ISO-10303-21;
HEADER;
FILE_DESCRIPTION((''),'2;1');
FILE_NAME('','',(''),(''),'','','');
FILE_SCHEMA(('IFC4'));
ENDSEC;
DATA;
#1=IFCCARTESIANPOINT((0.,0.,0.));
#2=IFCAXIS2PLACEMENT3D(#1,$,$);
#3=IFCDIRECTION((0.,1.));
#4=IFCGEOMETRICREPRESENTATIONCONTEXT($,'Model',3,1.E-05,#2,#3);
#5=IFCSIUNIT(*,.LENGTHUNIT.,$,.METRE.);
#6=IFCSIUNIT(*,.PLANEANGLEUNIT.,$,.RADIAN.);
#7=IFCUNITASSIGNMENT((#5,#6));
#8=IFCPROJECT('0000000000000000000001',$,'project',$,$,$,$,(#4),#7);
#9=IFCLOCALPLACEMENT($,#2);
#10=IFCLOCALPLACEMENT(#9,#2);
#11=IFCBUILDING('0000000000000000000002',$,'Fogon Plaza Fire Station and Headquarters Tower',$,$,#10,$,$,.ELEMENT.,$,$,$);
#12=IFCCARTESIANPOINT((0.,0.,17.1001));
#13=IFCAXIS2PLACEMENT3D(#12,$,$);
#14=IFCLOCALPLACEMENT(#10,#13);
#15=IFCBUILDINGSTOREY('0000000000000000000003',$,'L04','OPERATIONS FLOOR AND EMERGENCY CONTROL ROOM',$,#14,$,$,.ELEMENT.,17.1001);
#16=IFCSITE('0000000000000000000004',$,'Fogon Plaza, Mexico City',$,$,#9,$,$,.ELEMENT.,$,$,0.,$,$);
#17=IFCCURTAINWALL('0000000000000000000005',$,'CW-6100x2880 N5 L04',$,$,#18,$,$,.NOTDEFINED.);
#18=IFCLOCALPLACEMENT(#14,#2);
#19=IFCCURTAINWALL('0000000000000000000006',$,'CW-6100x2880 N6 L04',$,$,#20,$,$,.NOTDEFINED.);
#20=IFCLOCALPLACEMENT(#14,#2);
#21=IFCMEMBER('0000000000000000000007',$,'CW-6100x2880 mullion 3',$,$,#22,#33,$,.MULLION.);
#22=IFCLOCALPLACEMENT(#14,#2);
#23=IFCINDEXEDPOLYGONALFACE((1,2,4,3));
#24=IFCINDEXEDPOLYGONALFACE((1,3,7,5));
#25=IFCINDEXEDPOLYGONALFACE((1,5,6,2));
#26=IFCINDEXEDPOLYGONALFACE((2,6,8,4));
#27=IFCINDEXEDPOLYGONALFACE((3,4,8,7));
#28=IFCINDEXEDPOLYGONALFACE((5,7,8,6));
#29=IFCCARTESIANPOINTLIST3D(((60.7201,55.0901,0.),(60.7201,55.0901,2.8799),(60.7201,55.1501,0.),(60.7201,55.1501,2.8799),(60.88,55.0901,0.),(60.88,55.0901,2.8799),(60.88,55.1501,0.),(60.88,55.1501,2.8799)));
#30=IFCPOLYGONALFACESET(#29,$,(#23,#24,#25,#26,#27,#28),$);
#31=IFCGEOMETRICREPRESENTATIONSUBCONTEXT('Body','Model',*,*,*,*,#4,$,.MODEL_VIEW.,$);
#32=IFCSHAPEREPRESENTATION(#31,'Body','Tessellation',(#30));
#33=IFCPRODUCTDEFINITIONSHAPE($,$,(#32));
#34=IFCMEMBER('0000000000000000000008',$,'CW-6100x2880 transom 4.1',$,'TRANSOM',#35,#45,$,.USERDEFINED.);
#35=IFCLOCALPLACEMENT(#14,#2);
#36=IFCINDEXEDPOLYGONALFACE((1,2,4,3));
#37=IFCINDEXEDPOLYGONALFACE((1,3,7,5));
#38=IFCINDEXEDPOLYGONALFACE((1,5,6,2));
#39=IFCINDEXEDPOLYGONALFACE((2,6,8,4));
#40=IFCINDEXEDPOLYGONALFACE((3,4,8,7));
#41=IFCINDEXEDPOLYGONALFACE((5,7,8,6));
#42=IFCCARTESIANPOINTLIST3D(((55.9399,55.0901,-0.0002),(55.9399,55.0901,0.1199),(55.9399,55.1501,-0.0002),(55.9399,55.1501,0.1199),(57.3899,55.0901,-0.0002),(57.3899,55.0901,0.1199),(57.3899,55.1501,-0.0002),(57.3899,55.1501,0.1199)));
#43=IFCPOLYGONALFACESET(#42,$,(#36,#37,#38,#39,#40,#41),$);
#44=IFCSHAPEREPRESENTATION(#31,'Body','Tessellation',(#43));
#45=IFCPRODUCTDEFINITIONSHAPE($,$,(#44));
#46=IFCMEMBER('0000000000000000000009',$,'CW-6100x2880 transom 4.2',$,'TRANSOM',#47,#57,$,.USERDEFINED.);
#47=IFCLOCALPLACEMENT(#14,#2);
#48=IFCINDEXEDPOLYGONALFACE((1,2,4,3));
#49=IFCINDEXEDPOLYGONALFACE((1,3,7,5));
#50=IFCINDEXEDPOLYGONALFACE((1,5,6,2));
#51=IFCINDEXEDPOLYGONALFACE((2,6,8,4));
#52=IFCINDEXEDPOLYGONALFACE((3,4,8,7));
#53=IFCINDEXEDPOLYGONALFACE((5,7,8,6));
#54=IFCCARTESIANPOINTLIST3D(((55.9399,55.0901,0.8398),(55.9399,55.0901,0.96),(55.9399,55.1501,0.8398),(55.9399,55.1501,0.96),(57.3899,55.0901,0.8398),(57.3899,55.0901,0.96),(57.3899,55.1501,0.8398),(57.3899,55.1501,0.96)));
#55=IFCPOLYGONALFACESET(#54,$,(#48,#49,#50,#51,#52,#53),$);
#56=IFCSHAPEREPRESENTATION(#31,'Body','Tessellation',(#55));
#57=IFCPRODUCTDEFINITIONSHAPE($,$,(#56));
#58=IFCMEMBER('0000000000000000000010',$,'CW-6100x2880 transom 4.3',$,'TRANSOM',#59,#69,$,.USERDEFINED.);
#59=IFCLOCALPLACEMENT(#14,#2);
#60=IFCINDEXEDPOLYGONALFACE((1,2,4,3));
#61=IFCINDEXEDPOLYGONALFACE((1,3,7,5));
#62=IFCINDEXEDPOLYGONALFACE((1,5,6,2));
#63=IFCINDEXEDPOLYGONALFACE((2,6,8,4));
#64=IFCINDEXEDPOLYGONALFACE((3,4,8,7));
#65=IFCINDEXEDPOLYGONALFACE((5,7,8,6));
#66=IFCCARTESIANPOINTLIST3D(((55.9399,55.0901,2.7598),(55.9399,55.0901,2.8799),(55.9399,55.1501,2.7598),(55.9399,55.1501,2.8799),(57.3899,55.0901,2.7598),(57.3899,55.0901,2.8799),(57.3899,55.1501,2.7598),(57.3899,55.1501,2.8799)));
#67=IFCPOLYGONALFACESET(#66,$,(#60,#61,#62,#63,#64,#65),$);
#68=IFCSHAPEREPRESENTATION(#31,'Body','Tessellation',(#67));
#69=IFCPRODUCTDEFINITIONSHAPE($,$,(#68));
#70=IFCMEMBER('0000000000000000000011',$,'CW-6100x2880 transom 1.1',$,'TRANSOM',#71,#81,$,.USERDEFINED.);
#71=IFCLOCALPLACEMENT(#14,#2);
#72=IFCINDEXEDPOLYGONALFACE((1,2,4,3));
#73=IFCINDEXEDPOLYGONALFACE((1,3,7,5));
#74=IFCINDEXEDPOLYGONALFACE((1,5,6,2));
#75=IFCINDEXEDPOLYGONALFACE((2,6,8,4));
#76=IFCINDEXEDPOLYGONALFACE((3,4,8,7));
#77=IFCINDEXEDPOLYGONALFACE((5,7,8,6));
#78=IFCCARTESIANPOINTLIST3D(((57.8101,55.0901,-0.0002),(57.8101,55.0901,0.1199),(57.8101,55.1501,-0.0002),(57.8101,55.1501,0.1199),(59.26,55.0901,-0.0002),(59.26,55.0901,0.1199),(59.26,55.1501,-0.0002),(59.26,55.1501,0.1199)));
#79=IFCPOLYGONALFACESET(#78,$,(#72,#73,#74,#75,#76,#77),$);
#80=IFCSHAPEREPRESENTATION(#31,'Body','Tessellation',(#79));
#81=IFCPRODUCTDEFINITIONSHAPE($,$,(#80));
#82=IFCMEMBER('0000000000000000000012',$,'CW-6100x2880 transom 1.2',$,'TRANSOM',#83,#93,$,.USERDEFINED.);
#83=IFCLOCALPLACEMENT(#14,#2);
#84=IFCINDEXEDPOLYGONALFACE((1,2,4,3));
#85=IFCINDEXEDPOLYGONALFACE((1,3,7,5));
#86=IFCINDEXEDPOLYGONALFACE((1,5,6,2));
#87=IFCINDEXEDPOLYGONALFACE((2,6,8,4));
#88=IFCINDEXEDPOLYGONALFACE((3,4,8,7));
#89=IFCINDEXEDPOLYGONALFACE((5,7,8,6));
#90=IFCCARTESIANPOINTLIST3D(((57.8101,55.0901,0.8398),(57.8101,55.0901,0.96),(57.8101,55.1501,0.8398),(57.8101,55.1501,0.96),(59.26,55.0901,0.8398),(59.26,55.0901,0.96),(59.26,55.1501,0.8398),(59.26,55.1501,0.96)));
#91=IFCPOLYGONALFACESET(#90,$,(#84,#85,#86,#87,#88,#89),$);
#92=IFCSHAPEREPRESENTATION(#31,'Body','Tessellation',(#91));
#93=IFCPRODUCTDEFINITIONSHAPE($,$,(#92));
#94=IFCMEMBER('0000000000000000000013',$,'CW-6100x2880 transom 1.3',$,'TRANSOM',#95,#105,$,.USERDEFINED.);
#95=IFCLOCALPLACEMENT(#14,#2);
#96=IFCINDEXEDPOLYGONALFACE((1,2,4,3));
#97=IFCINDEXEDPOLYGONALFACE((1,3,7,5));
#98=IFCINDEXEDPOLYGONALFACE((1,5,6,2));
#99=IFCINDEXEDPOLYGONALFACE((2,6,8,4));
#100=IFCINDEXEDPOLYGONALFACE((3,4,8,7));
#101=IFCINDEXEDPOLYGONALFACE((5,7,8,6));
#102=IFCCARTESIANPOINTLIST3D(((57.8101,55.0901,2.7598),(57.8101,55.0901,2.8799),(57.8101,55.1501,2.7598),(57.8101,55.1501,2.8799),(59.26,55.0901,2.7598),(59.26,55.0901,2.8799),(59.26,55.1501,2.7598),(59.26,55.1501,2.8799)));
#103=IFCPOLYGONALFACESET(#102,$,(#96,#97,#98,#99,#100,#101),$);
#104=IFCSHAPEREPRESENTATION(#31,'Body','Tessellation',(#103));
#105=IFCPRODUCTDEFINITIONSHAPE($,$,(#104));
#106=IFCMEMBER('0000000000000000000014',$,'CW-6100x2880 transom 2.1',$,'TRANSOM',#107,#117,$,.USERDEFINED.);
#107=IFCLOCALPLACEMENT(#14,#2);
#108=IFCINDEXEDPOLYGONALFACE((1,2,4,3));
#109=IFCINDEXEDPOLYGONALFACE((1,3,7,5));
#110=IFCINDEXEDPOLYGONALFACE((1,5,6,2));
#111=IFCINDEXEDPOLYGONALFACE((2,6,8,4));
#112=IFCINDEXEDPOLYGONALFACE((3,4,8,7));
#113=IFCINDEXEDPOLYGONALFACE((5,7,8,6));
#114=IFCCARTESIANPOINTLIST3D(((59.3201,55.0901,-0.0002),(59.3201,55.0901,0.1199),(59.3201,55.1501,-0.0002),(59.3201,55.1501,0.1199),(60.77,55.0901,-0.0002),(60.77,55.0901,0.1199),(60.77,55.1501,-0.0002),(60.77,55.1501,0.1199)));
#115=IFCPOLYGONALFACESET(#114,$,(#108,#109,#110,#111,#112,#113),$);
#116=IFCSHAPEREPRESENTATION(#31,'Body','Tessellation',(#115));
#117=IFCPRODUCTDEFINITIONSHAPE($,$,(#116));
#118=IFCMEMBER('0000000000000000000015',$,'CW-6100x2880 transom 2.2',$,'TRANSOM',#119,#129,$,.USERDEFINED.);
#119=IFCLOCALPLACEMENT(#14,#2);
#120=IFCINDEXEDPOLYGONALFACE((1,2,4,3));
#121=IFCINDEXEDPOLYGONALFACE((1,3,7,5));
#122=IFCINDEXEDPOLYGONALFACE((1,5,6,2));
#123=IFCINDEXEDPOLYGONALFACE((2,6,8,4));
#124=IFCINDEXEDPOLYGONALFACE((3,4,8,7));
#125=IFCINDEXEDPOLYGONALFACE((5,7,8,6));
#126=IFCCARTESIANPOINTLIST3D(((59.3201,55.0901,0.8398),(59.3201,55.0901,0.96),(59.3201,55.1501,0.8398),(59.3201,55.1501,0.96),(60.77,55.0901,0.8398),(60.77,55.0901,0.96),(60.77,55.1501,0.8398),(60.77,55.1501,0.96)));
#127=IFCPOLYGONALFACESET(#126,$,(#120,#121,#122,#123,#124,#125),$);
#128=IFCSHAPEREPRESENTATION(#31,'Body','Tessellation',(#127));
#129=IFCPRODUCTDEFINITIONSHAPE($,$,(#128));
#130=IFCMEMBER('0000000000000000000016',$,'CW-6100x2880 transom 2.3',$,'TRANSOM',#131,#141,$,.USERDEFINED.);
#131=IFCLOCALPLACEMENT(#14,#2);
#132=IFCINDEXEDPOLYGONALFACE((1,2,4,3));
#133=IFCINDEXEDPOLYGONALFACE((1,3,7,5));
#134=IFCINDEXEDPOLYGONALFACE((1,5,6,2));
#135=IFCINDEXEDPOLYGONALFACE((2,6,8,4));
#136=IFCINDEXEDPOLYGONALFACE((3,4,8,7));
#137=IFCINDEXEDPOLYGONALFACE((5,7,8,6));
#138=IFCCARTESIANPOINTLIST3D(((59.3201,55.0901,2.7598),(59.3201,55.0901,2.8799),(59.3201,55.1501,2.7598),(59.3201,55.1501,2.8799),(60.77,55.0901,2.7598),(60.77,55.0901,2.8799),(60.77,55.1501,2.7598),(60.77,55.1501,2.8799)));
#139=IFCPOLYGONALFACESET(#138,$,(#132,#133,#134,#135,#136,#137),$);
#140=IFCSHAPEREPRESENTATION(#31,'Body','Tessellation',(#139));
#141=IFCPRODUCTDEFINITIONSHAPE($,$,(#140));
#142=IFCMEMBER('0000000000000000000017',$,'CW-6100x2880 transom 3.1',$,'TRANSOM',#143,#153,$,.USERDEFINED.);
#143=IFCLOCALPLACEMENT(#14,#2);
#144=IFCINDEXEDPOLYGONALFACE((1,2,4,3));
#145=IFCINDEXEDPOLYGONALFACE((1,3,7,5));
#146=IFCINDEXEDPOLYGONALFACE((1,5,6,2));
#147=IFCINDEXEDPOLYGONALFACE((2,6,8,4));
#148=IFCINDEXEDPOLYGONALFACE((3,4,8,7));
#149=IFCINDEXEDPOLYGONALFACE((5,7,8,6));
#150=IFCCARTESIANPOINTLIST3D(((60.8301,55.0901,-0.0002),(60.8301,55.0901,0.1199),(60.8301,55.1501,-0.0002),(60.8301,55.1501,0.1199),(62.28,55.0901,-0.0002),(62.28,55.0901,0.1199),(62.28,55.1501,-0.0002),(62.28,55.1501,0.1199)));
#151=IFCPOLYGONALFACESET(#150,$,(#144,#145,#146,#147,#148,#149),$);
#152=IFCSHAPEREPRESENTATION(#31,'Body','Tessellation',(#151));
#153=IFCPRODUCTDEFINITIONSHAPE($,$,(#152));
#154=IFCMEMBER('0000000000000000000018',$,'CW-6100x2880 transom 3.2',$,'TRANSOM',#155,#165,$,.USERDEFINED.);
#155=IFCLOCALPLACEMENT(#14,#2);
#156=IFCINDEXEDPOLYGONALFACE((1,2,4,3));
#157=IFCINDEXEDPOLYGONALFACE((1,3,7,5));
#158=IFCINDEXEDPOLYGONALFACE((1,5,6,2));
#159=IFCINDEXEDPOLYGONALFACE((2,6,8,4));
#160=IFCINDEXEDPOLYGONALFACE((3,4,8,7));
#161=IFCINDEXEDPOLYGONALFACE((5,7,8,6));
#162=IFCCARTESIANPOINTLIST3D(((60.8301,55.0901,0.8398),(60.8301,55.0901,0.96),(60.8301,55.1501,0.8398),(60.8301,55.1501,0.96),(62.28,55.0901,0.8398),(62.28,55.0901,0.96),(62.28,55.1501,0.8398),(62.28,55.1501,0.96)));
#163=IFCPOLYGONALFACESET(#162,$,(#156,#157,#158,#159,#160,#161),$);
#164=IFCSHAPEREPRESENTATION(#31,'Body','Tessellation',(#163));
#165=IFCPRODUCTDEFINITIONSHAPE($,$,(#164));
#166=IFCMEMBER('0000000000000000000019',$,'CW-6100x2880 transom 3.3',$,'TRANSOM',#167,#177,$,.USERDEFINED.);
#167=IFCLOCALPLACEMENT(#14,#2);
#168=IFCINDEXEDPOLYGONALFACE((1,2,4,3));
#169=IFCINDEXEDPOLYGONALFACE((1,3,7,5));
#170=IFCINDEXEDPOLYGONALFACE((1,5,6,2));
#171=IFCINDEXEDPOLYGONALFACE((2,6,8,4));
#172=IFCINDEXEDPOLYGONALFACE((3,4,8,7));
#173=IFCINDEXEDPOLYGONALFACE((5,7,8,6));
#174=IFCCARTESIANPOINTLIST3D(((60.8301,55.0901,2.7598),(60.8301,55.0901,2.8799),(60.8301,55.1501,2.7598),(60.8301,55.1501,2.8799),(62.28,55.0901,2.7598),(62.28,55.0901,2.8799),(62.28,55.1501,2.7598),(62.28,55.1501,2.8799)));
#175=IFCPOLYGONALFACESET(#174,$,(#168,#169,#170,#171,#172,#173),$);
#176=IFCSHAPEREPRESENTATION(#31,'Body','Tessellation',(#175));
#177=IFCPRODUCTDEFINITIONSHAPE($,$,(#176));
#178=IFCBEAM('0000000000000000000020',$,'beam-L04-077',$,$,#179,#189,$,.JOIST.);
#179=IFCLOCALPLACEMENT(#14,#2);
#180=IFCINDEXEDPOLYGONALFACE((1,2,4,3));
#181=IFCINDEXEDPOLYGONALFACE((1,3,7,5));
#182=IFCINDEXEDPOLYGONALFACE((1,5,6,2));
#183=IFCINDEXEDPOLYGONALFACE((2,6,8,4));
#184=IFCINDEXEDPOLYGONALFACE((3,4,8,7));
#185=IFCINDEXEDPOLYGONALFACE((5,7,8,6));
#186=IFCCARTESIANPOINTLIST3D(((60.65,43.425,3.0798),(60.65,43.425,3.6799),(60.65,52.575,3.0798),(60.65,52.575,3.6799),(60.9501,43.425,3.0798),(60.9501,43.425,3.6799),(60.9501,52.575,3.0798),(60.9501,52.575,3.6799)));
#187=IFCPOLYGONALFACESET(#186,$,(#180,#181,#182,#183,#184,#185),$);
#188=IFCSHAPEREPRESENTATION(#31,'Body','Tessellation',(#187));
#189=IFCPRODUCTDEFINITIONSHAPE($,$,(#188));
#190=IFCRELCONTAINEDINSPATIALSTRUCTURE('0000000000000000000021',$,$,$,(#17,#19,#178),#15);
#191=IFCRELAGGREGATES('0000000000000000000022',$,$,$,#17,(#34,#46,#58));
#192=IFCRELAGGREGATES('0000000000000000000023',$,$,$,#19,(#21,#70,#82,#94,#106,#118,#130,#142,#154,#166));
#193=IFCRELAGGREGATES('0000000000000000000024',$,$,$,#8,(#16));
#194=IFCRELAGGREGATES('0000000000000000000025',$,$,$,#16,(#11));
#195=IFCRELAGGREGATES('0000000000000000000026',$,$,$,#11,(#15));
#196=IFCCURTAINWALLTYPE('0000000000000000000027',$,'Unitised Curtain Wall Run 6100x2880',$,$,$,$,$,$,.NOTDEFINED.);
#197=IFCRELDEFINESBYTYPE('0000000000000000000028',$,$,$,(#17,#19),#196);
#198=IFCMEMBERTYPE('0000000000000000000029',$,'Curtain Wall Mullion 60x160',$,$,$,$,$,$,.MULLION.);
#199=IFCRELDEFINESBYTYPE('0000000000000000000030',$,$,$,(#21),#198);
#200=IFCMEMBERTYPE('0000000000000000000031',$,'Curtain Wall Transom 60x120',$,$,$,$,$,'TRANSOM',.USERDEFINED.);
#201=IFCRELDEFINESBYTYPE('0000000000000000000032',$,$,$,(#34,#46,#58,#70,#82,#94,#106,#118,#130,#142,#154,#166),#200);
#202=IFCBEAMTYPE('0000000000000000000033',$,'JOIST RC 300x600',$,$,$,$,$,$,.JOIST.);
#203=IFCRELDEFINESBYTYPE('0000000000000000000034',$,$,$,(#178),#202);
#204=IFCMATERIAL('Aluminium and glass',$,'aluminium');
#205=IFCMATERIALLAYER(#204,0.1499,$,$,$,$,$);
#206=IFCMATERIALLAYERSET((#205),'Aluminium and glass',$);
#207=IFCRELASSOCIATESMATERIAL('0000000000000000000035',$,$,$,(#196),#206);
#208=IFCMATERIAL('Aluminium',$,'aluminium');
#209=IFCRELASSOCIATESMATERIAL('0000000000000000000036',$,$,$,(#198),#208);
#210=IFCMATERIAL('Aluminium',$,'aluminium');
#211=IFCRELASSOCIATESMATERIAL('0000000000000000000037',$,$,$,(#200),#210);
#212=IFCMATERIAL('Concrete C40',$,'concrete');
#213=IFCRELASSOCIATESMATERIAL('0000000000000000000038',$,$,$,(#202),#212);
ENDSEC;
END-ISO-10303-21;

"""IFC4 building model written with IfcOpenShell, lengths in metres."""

from ifc_helpers import new_model, si_unit, direction, frame, origin, origin_2d, place, context, subcontext, project, spatial, rectangle, extrude, material, layer, layer_set, material_profile, profile_set, type_object, element, aggregate, save


model = new_model("IFC4")

# Units and contexts
model_context = context("Model", 3, precision=1e-05, world=origin(), true_north=direction((0.0, 1.0)))
body_context = subcontext(model_context, "Body", "Model", "MODEL_VIEW")
ifc_project = project(units=[si_unit("LENGTHUNIT", "METRE"), si_unit("PLANEANGLEUNIT", "RADIAN")], contexts=[model_context])

# Site, building, storey
site_placement = place(None, origin())
site = spatial("IfcSite", under=ifc_project, at=site_placement, Name="Fogon Plaza, Mexico City", CompositionType="ELEMENT", RefElevation=0.0)
building_placement = place(site_placement, origin())
building = spatial("IfcBuilding", under=site, at=building_placement, Name="Fogon Plaza Fire Station and Headquarters Tower", CompositionType="ELEMENT")
storey_placement = place(building_placement, frame((0.0, 0.0, 17.1001)))
storey = spatial("IfcBuildingStorey", under=building, at=storey_placement, Name="L04", Description="OPERATIONS FLOOR AND EMERGENCY CONTROL ROOM", CompositionType="ELEMENT", Elevation=17.1001)

# Curtain walls, member
ifc_material_1 = material(Name="Aluminium and glass", Category="aluminium")
ifc_layer_1 = layer(ifc_material_1, 0.1499)
ifc_layer_set_1 = layer_set([ifc_layer_1], Name="Aluminium and glass")
curtain_wall_type = type_object("IfcCurtainWallType", Name="Unitised Curtain Wall Run 6100x2880", PredefinedType="NOTDEFINED", material=ifc_layer_set_1)
curtain_wall_1_placement = place(storey_placement, origin())
curtain_wall_1 = element("IfcCurtainWall", 1, at=curtain_wall_1_placement, inside=storey, type_object=curtain_wall_type, Name="CW-6100x2880 N5 L04", PredefinedType="NOTDEFINED")
ifc_material_2 = material(Name="Aluminium", Category="aluminium")
ifc_material_profile_1 = material_profile(ifc_material_2, rectangle(XDim=0.0601, YDim=0.1599, at=origin_2d()), Name="Curtain Wall Mullion 60x160")
ifc_profile_set_1 = profile_set([ifc_material_profile_1], Name="Aluminium")
member_type_1 = type_object("IfcMemberType", Name="Curtain Wall Mullion 60x160", PredefinedType="MULLION", material=ifc_profile_set_1)
curtain_wall_2_placement = place(storey_placement, origin())
curtain_wall_2 = element("IfcCurtainWall", 2, at=curtain_wall_2_placement, inside=storey, type_object=curtain_wall_type, Name="CW-6100x2880 N6 L04", PredefinedType="NOTDEFINED")
member_1_placement = place(storey_placement, frame((60.8, 55.1201, 0.0), z_axis=(0.0, 0.0, 1.0), x_axis=(0.0, 1.0, 0.0)))
member_1 = element("IfcMember", 3, at=member_1_placement, type_object=member_type_1, Name="CW-6100x2880 mullion 3", PredefinedType="MULLION", context=body_context, shape_type="SweptSolid", body=[
    extrude(rectangle(XDim=0.0601, YDim=0.1599, at=origin_2d()), origin(), (0.0, 0.0, 1.0), 2.8799),
])

# Members
ifc_material_3 = material(Name="Aluminium", Category="aluminium")
ifc_material_profile_2 = material_profile(ifc_material_3, rectangle(XDim=0.0601, YDim=0.1201, at=origin_2d()), Name="Curtain Wall Transom 60x120")
ifc_profile_set_2 = profile_set([ifc_material_profile_2], Name="Aluminium")
member_type_2 = type_object("IfcMemberType", Name="Curtain Wall Transom 60x120", ElementType="TRANSOM", PredefinedType="USERDEFINED", material=ifc_profile_set_2)
member_2_placement = place(storey_placement, frame((55.9399, 55.1201, 0.0598), z_axis=(1.0, 0.0, 0.0), x_axis=(0.0, 1.0, 0.0)))
member_2 = element("IfcMember", 4, at=member_2_placement, type_object=member_type_2, Name="CW-6100x2880 transom 4.1", ObjectType="TRANSOM", PredefinedType="USERDEFINED", context=body_context, shape_type="SweptSolid", body=[
    extrude(rectangle(XDim=0.0601, YDim=0.1201, at=origin_2d()), origin(), (0.0, 0.0, 1.0), 1.45),
])
member_3_placement = place(storey_placement, frame((55.9399, 55.1201, 0.8999), z_axis=(1.0, 0.0, 0.0), x_axis=(0.0, 1.0, 0.0)))
member_3 = element("IfcMember", 5, at=member_3_placement, type_object=member_type_2, Name="CW-6100x2880 transom 4.2", ObjectType="TRANSOM", PredefinedType="USERDEFINED", context=body_context, shape_type="SweptSolid", body=[
    extrude(rectangle(XDim=0.0601, YDim=0.1201, at=origin_2d()), origin(), (0.0, 0.0, 1.0), 1.45),
])
member_4_placement = place(storey_placement, frame((55.9399, 55.1201, 2.8198), z_axis=(1.0, 0.0, 0.0), x_axis=(0.0, 1.0, 0.0)))
member_4 = element("IfcMember", 6, at=member_4_placement, type_object=member_type_2, Name="CW-6100x2880 transom 4.3", ObjectType="TRANSOM", PredefinedType="USERDEFINED", context=body_context, shape_type="SweptSolid", body=[
    extrude(rectangle(XDim=0.0601, YDim=0.1201, at=origin_2d()), origin(), (0.0, 0.0, 1.0), 1.45),
])
member_5_placement = place(storey_placement, frame((57.8101, 55.1201, 0.0598), z_axis=(1.0, 0.0, 0.0), x_axis=(0.0, 1.0, 0.0)))
member_5 = element("IfcMember", 7, at=member_5_placement, type_object=member_type_2, Name="CW-6100x2880 transom 1.1", ObjectType="TRANSOM", PredefinedType="USERDEFINED", context=body_context, shape_type="SweptSolid", body=[
    extrude(rectangle(XDim=0.0601, YDim=0.1201, at=origin_2d()), origin(), (0.0, 0.0, 1.0), 1.45),
])
member_6_placement = place(storey_placement, frame((57.8101, 55.1201, 0.8999), z_axis=(1.0, 0.0, 0.0), x_axis=(0.0, 1.0, 0.0)))
member_6 = element("IfcMember", 8, at=member_6_placement, type_object=member_type_2, Name="CW-6100x2880 transom 1.2", ObjectType="TRANSOM", PredefinedType="USERDEFINED", context=body_context, shape_type="SweptSolid", body=[
    extrude(rectangle(XDim=0.0601, YDim=0.1201, at=origin_2d()), origin(), (0.0, 0.0, 1.0), 1.45),
])
member_7_placement = place(storey_placement, frame((57.8101, 55.1201, 2.8198), z_axis=(1.0, 0.0, 0.0), x_axis=(0.0, 1.0, 0.0)))
member_7 = element("IfcMember", 9, at=member_7_placement, type_object=member_type_2, Name="CW-6100x2880 transom 1.3", ObjectType="TRANSOM", PredefinedType="USERDEFINED", context=body_context, shape_type="SweptSolid", body=[
    extrude(rectangle(XDim=0.0601, YDim=0.1201, at=origin_2d()), origin(), (0.0, 0.0, 1.0), 1.45),
])
member_8_placement = place(storey_placement, frame((59.3201, 55.1201, 0.0598), z_axis=(1.0, 0.0, 0.0), x_axis=(0.0, 1.0, 0.0)))
member_8 = element("IfcMember", 10, at=member_8_placement, type_object=member_type_2, Name="CW-6100x2880 transom 2.1", ObjectType="TRANSOM", PredefinedType="USERDEFINED", context=body_context, shape_type="SweptSolid", body=[
    extrude(rectangle(XDim=0.0601, YDim=0.1201, at=origin_2d()), origin(), (0.0, 0.0, 1.0), 1.45),
])
member_9_placement = place(storey_placement, frame((59.3201, 55.1201, 0.8999), z_axis=(1.0, 0.0, 0.0), x_axis=(0.0, 1.0, 0.0)))
member_9 = element("IfcMember", 11, at=member_9_placement, type_object=member_type_2, Name="CW-6100x2880 transom 2.2", ObjectType="TRANSOM", PredefinedType="USERDEFINED", context=body_context, shape_type="SweptSolid", body=[
    extrude(rectangle(XDim=0.0601, YDim=0.1201, at=origin_2d()), origin(), (0.0, 0.0, 1.0), 1.45),
])
member_10_placement = place(storey_placement, frame((59.3201, 55.1201, 2.8198), z_axis=(1.0, 0.0, 0.0), x_axis=(0.0, 1.0, 0.0)))
member_10 = element("IfcMember", 12, at=member_10_placement, type_object=member_type_2, Name="CW-6100x2880 transom 2.3", ObjectType="TRANSOM", PredefinedType="USERDEFINED", context=body_context, shape_type="SweptSolid", body=[
    extrude(rectangle(XDim=0.0601, YDim=0.1201, at=origin_2d()), origin(), (0.0, 0.0, 1.0), 1.45),
])
member_11_placement = place(storey_placement, frame((60.8301, 55.1201, 0.0598), z_axis=(1.0, 0.0, 0.0), x_axis=(0.0, 1.0, 0.0)))
member_11 = element("IfcMember", 13, at=member_11_placement, type_object=member_type_2, Name="CW-6100x2880 transom 3.1", ObjectType="TRANSOM", PredefinedType="USERDEFINED", context=body_context, shape_type="SweptSolid", body=[
    extrude(rectangle(XDim=0.0601, YDim=0.1201, at=origin_2d()), origin(), (0.0, 0.0, 1.0), 1.45),
])
member_12_placement = place(storey_placement, frame((60.8301, 55.1201, 0.8999), z_axis=(1.0, 0.0, 0.0), x_axis=(0.0, 1.0, 0.0)))
member_12 = element("IfcMember", 14, at=member_12_placement, type_object=member_type_2, Name="CW-6100x2880 transom 3.2", ObjectType="TRANSOM", PredefinedType="USERDEFINED", context=body_context, shape_type="SweptSolid", body=[
    extrude(rectangle(XDim=0.0601, YDim=0.1201, at=origin_2d()), origin(), (0.0, 0.0, 1.0), 1.45),
])
member_13_placement = place(storey_placement, frame((60.8301, 55.1201, 2.8198), z_axis=(1.0, 0.0, 0.0), x_axis=(0.0, 1.0, 0.0)))
member_13 = element("IfcMember", 15, at=member_13_placement, type_object=member_type_2, Name="CW-6100x2880 transom 3.3", ObjectType="TRANSOM", PredefinedType="USERDEFINED", context=body_context, shape_type="SweptSolid", body=[
    extrude(rectangle(XDim=0.0601, YDim=0.1201, at=origin_2d()), origin(), (0.0, 0.0, 1.0), 1.45),
])

# Beam
ifc_material_4 = material(Name="Concrete C40", Category="concrete")
ifc_material_profile_3 = material_profile(ifc_material_4, rectangle(XDim=0.3, YDim=0.6001, at=origin_2d()), Name="RC 300x600")
ifc_profile_set_3 = profile_set([ifc_material_profile_3], Name="Concrete C40")
beam_type_1 = type_object("IfcBeamType", Name="JOIST RC 300x600", PredefinedType="JOIST", material=ifc_profile_set_3)
beam_1_placement = place(storey_placement, frame((60.8, 43.425, 3.3799), z_axis=(0.0, 1.0, 0.0), x_axis=(-1.0, 0.0, 0.0)))
element("IfcBeam", 16, at=beam_1_placement, inside=storey, type_object=beam_type_1, Name="beam-L04-077", PredefinedType="JOIST", context=body_context, shape_type="SweptSolid", body=[
    extrude(rectangle(XDim=0.3, YDim=0.6001, at=origin_2d()), origin(), (0.0, 0.0, 1.0), 9.1499),
])

aggregate(curtain_wall_1, [member_2, member_3, member_4])
aggregate(curtain_wall_2, [member_1, member_5, member_6, member_7, member_8, member_9, member_10, member_11, member_12, member_13])

save(model, "model.ifc")
